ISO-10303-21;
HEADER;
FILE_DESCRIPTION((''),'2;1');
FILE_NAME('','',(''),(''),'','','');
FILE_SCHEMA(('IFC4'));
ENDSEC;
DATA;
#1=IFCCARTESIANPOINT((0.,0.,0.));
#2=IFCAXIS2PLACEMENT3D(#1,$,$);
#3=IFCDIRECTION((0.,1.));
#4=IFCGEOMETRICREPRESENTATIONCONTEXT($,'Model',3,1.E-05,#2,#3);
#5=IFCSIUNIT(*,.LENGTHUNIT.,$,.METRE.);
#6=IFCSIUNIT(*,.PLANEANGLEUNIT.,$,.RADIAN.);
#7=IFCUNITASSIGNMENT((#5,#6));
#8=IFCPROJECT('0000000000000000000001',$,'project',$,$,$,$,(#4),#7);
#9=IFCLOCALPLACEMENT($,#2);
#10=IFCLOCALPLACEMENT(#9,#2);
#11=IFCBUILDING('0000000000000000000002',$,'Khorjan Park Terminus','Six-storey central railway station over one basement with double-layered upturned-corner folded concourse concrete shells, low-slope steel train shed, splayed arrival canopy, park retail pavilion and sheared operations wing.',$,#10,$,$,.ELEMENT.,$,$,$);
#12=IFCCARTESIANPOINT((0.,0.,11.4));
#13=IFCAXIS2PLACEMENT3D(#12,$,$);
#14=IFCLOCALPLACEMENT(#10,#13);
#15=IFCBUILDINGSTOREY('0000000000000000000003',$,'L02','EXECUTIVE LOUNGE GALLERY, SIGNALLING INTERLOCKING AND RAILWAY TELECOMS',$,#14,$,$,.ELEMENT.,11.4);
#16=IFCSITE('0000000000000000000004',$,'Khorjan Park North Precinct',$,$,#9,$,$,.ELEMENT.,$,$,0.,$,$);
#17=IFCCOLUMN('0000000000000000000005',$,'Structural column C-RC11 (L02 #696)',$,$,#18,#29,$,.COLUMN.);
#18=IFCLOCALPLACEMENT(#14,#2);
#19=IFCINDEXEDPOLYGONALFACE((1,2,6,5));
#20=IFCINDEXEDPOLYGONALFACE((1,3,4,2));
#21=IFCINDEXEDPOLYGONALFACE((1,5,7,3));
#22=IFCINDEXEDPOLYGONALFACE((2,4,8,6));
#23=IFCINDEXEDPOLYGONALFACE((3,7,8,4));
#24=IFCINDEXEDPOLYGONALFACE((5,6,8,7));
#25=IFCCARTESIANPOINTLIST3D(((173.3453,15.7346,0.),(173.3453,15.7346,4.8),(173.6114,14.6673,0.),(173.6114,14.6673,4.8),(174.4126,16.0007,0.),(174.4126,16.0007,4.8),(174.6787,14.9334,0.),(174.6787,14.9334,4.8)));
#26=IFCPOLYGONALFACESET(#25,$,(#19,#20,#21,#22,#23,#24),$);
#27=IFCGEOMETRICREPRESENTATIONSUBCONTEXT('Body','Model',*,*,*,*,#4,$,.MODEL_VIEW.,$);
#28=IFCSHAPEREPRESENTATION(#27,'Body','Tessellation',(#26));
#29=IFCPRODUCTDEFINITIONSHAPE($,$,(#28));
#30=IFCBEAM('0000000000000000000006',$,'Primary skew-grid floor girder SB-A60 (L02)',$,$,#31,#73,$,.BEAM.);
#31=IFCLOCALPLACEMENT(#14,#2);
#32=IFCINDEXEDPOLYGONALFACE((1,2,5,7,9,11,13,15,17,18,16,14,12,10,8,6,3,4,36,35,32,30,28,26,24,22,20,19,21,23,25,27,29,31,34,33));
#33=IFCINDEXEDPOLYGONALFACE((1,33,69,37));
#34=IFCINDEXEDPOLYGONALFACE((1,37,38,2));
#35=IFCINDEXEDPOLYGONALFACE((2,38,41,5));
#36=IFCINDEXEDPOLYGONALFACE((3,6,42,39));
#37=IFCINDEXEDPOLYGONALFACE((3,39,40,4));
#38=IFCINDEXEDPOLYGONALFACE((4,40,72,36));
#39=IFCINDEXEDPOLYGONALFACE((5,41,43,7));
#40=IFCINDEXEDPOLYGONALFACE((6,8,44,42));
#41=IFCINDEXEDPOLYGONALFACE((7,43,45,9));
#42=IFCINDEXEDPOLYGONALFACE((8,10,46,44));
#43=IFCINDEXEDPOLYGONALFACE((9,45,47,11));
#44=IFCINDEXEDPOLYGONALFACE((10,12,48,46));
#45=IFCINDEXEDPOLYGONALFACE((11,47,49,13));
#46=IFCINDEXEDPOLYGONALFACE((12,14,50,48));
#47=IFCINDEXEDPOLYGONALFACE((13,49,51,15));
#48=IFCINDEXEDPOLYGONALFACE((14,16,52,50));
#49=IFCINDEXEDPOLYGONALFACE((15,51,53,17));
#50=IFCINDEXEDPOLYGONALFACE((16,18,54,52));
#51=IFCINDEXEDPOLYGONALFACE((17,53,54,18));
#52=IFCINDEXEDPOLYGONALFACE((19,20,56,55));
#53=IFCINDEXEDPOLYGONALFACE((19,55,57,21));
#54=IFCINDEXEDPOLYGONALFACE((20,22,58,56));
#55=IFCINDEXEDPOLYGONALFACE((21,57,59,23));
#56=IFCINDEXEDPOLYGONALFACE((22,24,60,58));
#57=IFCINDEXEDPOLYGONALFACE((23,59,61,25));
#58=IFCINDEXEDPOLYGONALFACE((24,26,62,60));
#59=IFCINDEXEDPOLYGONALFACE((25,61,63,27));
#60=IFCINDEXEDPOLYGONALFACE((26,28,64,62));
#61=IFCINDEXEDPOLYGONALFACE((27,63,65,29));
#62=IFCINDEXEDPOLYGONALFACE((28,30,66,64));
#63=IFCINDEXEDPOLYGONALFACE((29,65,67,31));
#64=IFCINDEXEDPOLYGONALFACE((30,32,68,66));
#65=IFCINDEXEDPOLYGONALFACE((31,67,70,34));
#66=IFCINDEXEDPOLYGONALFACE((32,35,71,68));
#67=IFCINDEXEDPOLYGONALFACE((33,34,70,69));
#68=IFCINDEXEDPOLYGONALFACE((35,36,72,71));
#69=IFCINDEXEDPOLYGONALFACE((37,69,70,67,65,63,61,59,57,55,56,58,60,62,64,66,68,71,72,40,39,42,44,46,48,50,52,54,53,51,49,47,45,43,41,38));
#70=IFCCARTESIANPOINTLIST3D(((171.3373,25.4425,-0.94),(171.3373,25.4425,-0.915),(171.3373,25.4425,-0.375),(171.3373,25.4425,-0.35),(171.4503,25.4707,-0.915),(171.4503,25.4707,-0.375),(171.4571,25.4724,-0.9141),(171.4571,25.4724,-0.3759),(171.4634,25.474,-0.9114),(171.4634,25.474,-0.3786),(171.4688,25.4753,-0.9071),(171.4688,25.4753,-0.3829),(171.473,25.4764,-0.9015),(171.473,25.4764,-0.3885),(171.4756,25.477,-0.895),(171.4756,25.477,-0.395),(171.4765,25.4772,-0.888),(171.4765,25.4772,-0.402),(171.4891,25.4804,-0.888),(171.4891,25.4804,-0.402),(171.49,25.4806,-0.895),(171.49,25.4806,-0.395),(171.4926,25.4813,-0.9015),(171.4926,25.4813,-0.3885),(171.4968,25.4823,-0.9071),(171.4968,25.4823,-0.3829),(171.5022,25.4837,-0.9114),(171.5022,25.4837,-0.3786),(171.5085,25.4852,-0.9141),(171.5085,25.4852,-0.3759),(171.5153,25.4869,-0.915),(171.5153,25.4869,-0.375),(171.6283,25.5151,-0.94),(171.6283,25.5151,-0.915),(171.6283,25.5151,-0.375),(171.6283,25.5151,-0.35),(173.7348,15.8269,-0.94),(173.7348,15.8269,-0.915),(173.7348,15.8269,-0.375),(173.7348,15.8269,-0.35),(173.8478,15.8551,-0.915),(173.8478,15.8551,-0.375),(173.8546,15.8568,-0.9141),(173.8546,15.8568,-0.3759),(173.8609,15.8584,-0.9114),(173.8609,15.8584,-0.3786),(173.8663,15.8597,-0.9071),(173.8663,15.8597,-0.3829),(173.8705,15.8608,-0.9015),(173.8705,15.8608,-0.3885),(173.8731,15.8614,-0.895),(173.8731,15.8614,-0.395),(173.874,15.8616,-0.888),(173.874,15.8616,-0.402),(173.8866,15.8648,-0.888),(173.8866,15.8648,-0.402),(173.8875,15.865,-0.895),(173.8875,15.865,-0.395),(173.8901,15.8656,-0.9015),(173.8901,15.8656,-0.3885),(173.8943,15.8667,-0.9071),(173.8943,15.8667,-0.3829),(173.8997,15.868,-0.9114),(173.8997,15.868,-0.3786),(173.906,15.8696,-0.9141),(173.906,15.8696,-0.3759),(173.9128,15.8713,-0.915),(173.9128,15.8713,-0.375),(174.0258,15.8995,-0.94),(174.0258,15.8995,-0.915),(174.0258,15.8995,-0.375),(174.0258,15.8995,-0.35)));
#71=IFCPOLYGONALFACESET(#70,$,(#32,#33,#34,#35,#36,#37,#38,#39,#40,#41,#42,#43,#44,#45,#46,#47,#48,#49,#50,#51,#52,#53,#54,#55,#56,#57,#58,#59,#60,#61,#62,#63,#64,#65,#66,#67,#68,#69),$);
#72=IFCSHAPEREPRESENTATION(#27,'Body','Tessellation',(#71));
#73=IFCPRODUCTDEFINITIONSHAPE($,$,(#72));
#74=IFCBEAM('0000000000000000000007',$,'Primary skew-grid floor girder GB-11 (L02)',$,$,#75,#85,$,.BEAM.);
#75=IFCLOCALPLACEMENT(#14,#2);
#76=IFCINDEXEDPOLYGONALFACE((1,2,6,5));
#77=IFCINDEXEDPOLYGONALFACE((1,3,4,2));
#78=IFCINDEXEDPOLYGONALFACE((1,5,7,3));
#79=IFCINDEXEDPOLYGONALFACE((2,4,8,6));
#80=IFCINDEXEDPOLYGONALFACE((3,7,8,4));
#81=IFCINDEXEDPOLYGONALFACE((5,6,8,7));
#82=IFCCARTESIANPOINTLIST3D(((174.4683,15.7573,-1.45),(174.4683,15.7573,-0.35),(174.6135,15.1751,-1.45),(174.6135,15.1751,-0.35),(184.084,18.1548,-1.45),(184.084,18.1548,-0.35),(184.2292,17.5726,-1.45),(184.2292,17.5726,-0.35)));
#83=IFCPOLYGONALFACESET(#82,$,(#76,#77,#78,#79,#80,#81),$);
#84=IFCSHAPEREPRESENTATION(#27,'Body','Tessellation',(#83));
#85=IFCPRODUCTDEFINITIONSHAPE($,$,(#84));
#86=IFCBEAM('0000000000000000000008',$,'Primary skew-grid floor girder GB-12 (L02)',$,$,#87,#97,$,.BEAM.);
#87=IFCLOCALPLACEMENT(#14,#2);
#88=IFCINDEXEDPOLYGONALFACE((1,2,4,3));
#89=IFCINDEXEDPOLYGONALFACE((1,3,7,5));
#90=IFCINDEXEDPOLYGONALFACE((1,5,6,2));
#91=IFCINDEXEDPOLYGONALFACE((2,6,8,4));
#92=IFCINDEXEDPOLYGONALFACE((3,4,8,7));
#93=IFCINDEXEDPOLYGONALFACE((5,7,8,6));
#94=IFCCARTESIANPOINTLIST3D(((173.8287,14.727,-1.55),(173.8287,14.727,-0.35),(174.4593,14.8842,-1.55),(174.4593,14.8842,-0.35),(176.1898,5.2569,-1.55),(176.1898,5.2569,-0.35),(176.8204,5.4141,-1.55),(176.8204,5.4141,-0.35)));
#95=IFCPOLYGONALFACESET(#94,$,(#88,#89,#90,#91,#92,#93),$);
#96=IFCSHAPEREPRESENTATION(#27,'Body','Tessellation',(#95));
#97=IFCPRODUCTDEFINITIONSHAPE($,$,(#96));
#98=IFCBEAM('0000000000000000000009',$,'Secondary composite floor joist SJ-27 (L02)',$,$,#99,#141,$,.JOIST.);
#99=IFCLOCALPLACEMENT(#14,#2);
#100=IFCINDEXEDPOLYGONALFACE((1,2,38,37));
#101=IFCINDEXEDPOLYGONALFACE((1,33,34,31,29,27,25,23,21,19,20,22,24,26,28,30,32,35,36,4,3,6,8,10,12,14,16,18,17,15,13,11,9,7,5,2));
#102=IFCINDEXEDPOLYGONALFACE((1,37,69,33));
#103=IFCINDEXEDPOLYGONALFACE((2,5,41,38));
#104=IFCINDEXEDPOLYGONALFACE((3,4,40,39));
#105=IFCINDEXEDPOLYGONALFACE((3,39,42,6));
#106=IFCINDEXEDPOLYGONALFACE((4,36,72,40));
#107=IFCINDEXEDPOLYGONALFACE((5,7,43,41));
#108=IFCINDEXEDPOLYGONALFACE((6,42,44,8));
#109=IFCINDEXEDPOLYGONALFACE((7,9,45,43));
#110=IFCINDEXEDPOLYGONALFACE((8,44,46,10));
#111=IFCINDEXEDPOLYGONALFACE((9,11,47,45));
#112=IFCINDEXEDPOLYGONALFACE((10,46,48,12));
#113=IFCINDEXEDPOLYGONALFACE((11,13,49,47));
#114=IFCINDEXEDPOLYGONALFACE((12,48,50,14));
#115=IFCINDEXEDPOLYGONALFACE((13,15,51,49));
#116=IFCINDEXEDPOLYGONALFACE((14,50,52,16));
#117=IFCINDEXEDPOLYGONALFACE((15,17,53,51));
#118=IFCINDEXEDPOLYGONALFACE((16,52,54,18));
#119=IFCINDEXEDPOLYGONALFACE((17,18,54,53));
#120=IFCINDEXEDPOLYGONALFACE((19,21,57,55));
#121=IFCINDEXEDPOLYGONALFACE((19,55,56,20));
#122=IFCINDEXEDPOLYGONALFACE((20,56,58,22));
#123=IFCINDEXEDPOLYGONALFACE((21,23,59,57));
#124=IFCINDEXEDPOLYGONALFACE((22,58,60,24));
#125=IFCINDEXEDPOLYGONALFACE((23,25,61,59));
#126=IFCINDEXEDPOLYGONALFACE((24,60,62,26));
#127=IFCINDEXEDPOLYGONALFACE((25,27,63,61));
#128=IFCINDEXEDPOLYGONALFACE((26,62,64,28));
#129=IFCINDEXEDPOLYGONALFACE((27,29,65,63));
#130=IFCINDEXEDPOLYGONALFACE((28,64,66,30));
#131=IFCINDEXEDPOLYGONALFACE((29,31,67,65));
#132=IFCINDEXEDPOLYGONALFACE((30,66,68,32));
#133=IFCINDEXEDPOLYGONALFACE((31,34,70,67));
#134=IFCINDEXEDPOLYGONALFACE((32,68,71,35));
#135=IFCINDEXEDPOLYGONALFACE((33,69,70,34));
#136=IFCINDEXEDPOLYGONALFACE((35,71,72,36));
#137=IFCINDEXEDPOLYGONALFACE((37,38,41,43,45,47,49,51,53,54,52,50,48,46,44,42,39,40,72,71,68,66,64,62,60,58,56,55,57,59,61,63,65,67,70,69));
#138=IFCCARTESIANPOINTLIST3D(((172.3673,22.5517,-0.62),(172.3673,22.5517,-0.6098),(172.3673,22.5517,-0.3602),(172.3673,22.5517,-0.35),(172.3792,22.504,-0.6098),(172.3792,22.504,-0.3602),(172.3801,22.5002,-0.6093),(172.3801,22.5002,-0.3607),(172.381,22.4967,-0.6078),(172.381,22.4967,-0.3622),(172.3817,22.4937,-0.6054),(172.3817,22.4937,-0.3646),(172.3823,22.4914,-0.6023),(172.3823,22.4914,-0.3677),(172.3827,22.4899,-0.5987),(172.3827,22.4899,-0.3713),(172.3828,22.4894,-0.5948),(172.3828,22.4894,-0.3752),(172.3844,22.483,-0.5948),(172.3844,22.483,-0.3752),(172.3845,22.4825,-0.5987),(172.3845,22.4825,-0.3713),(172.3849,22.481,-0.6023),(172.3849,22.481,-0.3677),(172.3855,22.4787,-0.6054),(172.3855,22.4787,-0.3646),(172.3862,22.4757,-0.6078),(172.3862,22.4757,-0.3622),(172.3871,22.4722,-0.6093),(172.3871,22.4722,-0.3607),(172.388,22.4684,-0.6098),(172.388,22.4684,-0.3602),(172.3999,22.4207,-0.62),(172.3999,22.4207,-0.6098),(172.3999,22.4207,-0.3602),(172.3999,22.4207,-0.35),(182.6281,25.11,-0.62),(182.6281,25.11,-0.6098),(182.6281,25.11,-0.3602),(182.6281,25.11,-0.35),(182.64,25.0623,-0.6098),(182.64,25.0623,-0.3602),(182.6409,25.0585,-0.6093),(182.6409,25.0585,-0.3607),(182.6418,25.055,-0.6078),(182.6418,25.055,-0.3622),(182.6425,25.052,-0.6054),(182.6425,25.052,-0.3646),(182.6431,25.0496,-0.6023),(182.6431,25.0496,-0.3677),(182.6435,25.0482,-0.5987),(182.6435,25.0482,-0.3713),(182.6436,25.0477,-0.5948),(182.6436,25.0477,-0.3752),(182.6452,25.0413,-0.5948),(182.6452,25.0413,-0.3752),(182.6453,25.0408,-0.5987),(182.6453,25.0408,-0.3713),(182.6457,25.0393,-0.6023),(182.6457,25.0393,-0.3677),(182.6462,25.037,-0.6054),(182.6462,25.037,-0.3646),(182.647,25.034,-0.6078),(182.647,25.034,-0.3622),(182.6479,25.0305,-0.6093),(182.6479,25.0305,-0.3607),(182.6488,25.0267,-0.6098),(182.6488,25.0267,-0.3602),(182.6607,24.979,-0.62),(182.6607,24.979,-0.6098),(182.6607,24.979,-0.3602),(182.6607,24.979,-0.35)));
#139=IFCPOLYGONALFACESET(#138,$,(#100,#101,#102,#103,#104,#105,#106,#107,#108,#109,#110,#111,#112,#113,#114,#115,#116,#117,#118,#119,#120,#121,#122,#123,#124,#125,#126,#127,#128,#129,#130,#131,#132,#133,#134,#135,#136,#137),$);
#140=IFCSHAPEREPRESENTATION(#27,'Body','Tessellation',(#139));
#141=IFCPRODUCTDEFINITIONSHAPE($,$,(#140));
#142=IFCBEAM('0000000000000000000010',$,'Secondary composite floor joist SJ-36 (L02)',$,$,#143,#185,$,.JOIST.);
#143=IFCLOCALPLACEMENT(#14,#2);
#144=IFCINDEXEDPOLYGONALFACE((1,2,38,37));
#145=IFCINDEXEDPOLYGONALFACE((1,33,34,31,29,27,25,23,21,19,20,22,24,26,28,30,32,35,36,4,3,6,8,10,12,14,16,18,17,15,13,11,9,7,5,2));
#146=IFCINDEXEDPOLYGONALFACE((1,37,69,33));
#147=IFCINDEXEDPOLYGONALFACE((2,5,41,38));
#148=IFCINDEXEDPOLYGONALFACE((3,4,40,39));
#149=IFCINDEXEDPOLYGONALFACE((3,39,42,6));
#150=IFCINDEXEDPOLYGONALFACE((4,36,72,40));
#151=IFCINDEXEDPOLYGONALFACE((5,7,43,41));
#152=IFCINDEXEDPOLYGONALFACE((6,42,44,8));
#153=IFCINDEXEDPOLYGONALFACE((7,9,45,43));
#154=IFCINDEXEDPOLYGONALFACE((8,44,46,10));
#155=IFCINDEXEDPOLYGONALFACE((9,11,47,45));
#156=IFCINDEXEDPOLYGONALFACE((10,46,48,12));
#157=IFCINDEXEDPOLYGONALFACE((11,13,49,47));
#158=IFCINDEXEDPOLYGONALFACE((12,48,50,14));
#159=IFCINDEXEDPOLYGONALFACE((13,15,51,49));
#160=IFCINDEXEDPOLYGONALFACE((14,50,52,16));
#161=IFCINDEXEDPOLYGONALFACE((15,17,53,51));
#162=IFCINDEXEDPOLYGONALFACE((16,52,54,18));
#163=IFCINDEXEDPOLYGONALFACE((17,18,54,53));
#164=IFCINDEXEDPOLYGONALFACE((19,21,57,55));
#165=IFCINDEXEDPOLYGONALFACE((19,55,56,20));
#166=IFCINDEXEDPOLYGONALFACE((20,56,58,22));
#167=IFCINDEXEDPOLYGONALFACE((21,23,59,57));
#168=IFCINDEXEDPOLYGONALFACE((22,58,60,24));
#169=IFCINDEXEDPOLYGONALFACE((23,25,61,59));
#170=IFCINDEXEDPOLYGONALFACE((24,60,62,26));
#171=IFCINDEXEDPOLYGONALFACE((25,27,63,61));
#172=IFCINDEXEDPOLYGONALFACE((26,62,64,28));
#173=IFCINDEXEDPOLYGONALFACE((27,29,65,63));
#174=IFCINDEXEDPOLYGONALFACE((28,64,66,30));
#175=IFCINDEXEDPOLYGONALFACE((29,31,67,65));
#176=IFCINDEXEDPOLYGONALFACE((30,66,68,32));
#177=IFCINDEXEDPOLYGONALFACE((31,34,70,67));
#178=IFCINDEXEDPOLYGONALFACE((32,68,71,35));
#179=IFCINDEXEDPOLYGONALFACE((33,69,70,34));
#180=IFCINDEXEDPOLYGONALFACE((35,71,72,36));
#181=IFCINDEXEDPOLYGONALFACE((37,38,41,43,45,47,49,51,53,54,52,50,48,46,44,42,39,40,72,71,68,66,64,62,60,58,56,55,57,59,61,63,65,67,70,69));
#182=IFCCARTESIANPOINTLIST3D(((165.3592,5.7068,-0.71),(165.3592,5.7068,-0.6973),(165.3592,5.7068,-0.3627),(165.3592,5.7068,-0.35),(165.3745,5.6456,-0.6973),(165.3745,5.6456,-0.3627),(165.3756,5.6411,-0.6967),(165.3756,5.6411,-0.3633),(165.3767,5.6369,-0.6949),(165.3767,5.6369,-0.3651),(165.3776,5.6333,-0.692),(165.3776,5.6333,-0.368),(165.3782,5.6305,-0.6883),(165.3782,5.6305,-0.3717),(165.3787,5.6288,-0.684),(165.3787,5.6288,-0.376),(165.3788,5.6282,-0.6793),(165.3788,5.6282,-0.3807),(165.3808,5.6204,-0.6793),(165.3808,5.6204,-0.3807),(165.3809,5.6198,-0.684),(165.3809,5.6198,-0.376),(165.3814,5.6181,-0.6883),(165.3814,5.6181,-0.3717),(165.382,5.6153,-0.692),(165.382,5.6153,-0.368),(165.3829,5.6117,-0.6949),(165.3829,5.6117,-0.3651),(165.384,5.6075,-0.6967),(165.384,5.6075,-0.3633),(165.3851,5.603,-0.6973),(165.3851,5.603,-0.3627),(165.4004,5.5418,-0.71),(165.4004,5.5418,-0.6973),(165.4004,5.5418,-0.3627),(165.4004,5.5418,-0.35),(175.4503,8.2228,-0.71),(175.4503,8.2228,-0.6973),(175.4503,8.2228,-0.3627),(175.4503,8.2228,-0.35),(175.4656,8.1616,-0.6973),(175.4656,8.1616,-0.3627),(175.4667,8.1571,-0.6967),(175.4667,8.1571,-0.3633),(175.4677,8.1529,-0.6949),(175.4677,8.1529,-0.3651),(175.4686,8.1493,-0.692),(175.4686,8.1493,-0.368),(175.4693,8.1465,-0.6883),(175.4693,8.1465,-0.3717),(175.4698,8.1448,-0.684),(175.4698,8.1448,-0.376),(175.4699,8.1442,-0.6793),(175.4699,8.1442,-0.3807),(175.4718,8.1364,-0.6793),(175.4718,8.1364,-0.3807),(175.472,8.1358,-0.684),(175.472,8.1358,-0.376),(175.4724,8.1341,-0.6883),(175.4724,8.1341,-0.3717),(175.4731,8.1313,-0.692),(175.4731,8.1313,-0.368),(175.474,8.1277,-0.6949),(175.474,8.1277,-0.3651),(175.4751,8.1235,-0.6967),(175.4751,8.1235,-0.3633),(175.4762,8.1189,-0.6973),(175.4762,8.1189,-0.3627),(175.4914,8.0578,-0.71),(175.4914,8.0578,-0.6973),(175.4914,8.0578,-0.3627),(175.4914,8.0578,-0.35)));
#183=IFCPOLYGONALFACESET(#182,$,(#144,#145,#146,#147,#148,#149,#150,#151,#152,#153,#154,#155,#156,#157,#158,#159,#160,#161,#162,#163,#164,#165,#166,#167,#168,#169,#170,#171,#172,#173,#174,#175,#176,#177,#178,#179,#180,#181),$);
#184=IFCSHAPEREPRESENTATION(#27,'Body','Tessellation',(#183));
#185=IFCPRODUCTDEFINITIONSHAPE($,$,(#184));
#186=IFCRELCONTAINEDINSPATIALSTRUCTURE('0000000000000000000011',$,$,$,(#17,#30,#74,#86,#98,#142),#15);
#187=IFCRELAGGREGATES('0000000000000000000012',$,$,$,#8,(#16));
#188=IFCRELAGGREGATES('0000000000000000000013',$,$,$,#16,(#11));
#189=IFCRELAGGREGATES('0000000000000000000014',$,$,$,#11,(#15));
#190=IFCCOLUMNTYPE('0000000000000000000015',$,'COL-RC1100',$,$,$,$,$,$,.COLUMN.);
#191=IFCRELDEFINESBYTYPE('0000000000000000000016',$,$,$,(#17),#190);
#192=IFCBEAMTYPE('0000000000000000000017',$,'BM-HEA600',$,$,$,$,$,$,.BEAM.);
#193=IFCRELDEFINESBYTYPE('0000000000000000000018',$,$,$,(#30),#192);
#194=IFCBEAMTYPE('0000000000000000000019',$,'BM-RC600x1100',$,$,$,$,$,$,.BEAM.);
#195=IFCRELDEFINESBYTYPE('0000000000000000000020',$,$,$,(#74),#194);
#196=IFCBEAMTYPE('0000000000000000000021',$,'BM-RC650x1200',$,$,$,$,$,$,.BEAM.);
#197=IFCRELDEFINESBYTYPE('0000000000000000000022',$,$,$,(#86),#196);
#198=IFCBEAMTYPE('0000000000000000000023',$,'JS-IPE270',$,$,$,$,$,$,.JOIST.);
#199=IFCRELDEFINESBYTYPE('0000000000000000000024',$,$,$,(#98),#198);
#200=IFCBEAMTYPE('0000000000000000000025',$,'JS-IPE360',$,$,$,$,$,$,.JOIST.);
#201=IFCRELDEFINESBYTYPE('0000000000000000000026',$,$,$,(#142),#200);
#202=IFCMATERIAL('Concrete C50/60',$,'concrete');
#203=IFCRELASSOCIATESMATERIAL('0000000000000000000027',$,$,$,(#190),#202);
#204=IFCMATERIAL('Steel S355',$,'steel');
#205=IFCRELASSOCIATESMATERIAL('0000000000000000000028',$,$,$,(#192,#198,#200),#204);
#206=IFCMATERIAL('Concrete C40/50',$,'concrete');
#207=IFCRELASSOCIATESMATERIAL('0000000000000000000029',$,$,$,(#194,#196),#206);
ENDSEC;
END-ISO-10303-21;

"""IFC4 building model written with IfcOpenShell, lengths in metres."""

from ifc_helpers import new_model, si_unit, direction, frame, origin, origin_2d, place, context, subcontext, project, spatial, rectangle, i_section, extrude, material, material_profile, profile_set, type_object, element, save


model = new_model("IFC4")

# Units and contexts
model_context = context("Model", 3, precision=1e-05, world=origin(), true_north=direction((0.0, 1.0)))
body_context = subcontext(model_context, "Body", "Model", "MODEL_VIEW")
ifc_project = project(units=[si_unit("LENGTHUNIT", "METRE"), si_unit("PLANEANGLEUNIT", "RADIAN")], contexts=[model_context])

# Site, building, storey
site_placement = place(None, origin())
site = spatial("IfcSite", under=ifc_project, at=site_placement, Name="Khorjan Park North Precinct", CompositionType="ELEMENT", RefElevation=0.0)
building_placement = place(site_placement, origin())
building = spatial("IfcBuilding", under=site, at=building_placement, Name="Khorjan Park Terminus", Description="Six-storey central railway station over one basement with double-layered upturned-corner folded concourse concrete shells, low-slope steel train shed, splayed arrival canopy, park retail pavilion and sheared operations wing.", CompositionType="ELEMENT")
storey_placement = place(building_placement, frame((0.0, 0.0, 11.4)))
storey = spatial("IfcBuildingStorey", under=building, at=storey_placement, Name="L02", Description="EXECUTIVE LOUNGE GALLERY, SIGNALLING INTERLOCKING AND RAILWAY TELECOMS", CompositionType="ELEMENT", Elevation=11.4)

# Column
ifc_material_1 = material(Name="Concrete C50/60", Category="concrete")
ifc_material_profile_1 = material_profile(ifc_material_1, rectangle(XDim=1.1, YDim=1.1, at=origin_2d()), Name="RC 1100x1100")
ifc_profile_set_1 = profile_set([ifc_material_profile_1], Name="Concrete C50/60")
column_type = type_object("IfcColumnType", Name="COL-RC1100", PredefinedType="COLUMN", material=ifc_profile_set_1)
column_placement = place(storey_placement, frame((174.012, 15.334, 0.0), z_axis=(0.0, 0.0, 1.0), x_axis=(0.970296, 0.241922, 0.0)))
element("IfcColumn", 1, at=column_placement, inside=storey, type_object=column_type, Name="Structural column C-RC11 (L02 #696)", PredefinedType="COLUMN", context=body_context, shape_type="SweptSolid", body=[
    extrude(rectangle(XDim=1.1, YDim=1.1, at=origin_2d()), origin(), (0.0, 0.0, 1.0), 4.8),
])

# Beams
ifc_material_2 = material(Name="Steel S355", Category="steel")
ifc_material_profile_2 = material_profile(ifc_material_2, i_section(OverallWidth=0.3, OverallDepth=0.59, WebThickness=0.013, FlangeThickness=0.025, FilletRadius=0.027, at=origin_2d()), Name="HEA 600")
ifc_profile_set_2 = profile_set([ifc_material_profile_2], Name="Steel S355")
beam_type_1 = type_object("IfcBeamType", Name="BM-HEA600", PredefinedType="BEAM", material=ifc_profile_set_2)
beam_1_placement = place(storey_placement, frame((173.8803, 15.8632, -0.645), z_axis=(-0.241928, 0.970294, 0.0), x_axis=(-0.970294, -0.241928, 0.0)))
element("IfcBeam", 2, at=beam_1_placement, inside=storey, type_object=beam_type_1, Name="Primary skew-grid floor girder SB-A60 (L02)", PredefinedType="BEAM", context=body_context, shape_type="SweptSolid", body=[
    extrude(i_section(OverallWidth=0.3, OverallDepth=0.59, WebThickness=0.013, FlangeThickness=0.025, FilletRadius=0.027, at=origin_2d()), origin(), (0.0, 0.0, 1.0), 9.91),
])
ifc_material_3 = material(Name="Concrete C40/50", Category="concrete")
ifc_material_profile_3 = material_profile(ifc_material_3, rectangle(XDim=0.6, YDim=1.1, at=origin_2d()), Name="RC 600x1100")
ifc_profile_set_3 = profile_set([ifc_material_profile_3], Name="Concrete C40/50")
beam_type_2 = type_object("IfcBeamType", Name="BM-RC600x1100", PredefinedType="BEAM", material=ifc_profile_set_3)
beam_2_placement = place(storey_placement, frame((174.5409, 15.4662, -0.9), z_axis=(0.970295, 0.241925, 0.0), x_axis=(-0.241925, 0.970295, 0.0)))
element("IfcBeam", 3, at=beam_2_placement, inside=storey, type_object=beam_type_2, Name="Primary skew-grid floor girder GB-11 (L02)", PredefinedType="BEAM", context=body_context, shape_type="SweptSolid", body=[
    extrude(rectangle(XDim=0.6, YDim=1.1, at=origin_2d()), origin(), (0.0, 0.0, 1.0), 9.9101),
])
ifc_material_profile_4 = material_profile(ifc_material_3, rectangle(XDim=0.65, YDim=1.2, at=origin_2d()), Name="RC 650x1200")
ifc_profile_set_4 = profile_set([ifc_material_profile_4], Name="Concrete C40/50")
beam_type_3 = type_object("IfcBeamType", Name="BM-RC650x1200", PredefinedType="BEAM", material=ifc_profile_set_4)
beam_3_placement = place(storey_placement, frame((176.5051, 5.3355, -0.95), z_axis=(-0.241916, 0.970297, 0.0), x_axis=(-0.970297, -0.241916, 0.0)))
element("IfcBeam", 4, at=beam_3_placement, inside=storey, type_object=beam_type_3, Name="Primary skew-grid floor girder GB-12 (L02)", PredefinedType="BEAM", context=body_context, shape_type="SweptSolid", body=[
    extrude(rectangle(XDim=0.65, YDim=1.2, at=origin_2d()), origin(), (0.0, 0.0, 1.0), 9.76),
])
ifc_material_profile_5 = material_profile(ifc_material_2, i_section(OverallWidth=0.135, OverallDepth=0.27, WebThickness=0.0066, FlangeThickness=0.0102, FilletRadius=0.015, at=origin_2d()), Name="IPE 270")
ifc_profile_set_5 = profile_set([ifc_material_profile_5], Name="Steel S355")
beam_type_4 = type_object("IfcBeamType", Name="JS-IPE270", PredefinedType="JOIST", material=ifc_profile_set_5)
beam_4_placement = place(storey_placement, frame((172.3836, 22.4862, -0.485), z_axis=(0.970296, 0.241921, 0.0), x_axis=(-0.241921, 0.970296, 0.0)))
element("IfcBeam", 5, at=beam_4_placement, inside=storey, type_object=beam_type_4, Name="Secondary composite floor joist SJ-27 (L02)", PredefinedType="JOIST", context=body_context, shape_type="SweptSolid", body=[
    extrude(i_section(OverallWidth=0.135, OverallDepth=0.27, WebThickness=0.0066, FlangeThickness=0.0102, FilletRadius=0.015, at=origin_2d()), origin(), (0.0, 0.0, 1.0), 10.5749),
])
ifc_material_profile_6 = material_profile(ifc_material_2, i_section(OverallWidth=0.17, OverallDepth=0.36, WebThickness=0.008, FlangeThickness=0.0127, FilletRadius=0.018, at=origin_2d()), Name="IPE 360")
ifc_profile_set_6 = profile_set([ifc_material_profile_6], Name="Steel S355")
beam_type_5 = type_object("IfcBeamType", Name="JS-IPE360", PredefinedType="JOIST", material=ifc_profile_set_6)
beam_5_placement = place(storey_placement, frame((165.3798, 5.6243, -0.53), z_axis=(0.970296, 0.241922, 0.0), x_axis=(-0.241922, 0.970296, 0.0)))
element("IfcBeam", 6, at=beam_5_placement, inside=storey, type_object=beam_type_5, Name="Secondary composite floor joist SJ-36 (L02)", PredefinedType="JOIST", context=body_context, shape_type="SweptSolid", body=[
    extrude(i_section(OverallWidth=0.17, OverallDepth=0.36, WebThickness=0.008, FlangeThickness=0.0127, FilletRadius=0.018, at=origin_2d()), origin(), (0.0, 0.0, 1.0), 10.4),
])

save(model, "model.ifc")
